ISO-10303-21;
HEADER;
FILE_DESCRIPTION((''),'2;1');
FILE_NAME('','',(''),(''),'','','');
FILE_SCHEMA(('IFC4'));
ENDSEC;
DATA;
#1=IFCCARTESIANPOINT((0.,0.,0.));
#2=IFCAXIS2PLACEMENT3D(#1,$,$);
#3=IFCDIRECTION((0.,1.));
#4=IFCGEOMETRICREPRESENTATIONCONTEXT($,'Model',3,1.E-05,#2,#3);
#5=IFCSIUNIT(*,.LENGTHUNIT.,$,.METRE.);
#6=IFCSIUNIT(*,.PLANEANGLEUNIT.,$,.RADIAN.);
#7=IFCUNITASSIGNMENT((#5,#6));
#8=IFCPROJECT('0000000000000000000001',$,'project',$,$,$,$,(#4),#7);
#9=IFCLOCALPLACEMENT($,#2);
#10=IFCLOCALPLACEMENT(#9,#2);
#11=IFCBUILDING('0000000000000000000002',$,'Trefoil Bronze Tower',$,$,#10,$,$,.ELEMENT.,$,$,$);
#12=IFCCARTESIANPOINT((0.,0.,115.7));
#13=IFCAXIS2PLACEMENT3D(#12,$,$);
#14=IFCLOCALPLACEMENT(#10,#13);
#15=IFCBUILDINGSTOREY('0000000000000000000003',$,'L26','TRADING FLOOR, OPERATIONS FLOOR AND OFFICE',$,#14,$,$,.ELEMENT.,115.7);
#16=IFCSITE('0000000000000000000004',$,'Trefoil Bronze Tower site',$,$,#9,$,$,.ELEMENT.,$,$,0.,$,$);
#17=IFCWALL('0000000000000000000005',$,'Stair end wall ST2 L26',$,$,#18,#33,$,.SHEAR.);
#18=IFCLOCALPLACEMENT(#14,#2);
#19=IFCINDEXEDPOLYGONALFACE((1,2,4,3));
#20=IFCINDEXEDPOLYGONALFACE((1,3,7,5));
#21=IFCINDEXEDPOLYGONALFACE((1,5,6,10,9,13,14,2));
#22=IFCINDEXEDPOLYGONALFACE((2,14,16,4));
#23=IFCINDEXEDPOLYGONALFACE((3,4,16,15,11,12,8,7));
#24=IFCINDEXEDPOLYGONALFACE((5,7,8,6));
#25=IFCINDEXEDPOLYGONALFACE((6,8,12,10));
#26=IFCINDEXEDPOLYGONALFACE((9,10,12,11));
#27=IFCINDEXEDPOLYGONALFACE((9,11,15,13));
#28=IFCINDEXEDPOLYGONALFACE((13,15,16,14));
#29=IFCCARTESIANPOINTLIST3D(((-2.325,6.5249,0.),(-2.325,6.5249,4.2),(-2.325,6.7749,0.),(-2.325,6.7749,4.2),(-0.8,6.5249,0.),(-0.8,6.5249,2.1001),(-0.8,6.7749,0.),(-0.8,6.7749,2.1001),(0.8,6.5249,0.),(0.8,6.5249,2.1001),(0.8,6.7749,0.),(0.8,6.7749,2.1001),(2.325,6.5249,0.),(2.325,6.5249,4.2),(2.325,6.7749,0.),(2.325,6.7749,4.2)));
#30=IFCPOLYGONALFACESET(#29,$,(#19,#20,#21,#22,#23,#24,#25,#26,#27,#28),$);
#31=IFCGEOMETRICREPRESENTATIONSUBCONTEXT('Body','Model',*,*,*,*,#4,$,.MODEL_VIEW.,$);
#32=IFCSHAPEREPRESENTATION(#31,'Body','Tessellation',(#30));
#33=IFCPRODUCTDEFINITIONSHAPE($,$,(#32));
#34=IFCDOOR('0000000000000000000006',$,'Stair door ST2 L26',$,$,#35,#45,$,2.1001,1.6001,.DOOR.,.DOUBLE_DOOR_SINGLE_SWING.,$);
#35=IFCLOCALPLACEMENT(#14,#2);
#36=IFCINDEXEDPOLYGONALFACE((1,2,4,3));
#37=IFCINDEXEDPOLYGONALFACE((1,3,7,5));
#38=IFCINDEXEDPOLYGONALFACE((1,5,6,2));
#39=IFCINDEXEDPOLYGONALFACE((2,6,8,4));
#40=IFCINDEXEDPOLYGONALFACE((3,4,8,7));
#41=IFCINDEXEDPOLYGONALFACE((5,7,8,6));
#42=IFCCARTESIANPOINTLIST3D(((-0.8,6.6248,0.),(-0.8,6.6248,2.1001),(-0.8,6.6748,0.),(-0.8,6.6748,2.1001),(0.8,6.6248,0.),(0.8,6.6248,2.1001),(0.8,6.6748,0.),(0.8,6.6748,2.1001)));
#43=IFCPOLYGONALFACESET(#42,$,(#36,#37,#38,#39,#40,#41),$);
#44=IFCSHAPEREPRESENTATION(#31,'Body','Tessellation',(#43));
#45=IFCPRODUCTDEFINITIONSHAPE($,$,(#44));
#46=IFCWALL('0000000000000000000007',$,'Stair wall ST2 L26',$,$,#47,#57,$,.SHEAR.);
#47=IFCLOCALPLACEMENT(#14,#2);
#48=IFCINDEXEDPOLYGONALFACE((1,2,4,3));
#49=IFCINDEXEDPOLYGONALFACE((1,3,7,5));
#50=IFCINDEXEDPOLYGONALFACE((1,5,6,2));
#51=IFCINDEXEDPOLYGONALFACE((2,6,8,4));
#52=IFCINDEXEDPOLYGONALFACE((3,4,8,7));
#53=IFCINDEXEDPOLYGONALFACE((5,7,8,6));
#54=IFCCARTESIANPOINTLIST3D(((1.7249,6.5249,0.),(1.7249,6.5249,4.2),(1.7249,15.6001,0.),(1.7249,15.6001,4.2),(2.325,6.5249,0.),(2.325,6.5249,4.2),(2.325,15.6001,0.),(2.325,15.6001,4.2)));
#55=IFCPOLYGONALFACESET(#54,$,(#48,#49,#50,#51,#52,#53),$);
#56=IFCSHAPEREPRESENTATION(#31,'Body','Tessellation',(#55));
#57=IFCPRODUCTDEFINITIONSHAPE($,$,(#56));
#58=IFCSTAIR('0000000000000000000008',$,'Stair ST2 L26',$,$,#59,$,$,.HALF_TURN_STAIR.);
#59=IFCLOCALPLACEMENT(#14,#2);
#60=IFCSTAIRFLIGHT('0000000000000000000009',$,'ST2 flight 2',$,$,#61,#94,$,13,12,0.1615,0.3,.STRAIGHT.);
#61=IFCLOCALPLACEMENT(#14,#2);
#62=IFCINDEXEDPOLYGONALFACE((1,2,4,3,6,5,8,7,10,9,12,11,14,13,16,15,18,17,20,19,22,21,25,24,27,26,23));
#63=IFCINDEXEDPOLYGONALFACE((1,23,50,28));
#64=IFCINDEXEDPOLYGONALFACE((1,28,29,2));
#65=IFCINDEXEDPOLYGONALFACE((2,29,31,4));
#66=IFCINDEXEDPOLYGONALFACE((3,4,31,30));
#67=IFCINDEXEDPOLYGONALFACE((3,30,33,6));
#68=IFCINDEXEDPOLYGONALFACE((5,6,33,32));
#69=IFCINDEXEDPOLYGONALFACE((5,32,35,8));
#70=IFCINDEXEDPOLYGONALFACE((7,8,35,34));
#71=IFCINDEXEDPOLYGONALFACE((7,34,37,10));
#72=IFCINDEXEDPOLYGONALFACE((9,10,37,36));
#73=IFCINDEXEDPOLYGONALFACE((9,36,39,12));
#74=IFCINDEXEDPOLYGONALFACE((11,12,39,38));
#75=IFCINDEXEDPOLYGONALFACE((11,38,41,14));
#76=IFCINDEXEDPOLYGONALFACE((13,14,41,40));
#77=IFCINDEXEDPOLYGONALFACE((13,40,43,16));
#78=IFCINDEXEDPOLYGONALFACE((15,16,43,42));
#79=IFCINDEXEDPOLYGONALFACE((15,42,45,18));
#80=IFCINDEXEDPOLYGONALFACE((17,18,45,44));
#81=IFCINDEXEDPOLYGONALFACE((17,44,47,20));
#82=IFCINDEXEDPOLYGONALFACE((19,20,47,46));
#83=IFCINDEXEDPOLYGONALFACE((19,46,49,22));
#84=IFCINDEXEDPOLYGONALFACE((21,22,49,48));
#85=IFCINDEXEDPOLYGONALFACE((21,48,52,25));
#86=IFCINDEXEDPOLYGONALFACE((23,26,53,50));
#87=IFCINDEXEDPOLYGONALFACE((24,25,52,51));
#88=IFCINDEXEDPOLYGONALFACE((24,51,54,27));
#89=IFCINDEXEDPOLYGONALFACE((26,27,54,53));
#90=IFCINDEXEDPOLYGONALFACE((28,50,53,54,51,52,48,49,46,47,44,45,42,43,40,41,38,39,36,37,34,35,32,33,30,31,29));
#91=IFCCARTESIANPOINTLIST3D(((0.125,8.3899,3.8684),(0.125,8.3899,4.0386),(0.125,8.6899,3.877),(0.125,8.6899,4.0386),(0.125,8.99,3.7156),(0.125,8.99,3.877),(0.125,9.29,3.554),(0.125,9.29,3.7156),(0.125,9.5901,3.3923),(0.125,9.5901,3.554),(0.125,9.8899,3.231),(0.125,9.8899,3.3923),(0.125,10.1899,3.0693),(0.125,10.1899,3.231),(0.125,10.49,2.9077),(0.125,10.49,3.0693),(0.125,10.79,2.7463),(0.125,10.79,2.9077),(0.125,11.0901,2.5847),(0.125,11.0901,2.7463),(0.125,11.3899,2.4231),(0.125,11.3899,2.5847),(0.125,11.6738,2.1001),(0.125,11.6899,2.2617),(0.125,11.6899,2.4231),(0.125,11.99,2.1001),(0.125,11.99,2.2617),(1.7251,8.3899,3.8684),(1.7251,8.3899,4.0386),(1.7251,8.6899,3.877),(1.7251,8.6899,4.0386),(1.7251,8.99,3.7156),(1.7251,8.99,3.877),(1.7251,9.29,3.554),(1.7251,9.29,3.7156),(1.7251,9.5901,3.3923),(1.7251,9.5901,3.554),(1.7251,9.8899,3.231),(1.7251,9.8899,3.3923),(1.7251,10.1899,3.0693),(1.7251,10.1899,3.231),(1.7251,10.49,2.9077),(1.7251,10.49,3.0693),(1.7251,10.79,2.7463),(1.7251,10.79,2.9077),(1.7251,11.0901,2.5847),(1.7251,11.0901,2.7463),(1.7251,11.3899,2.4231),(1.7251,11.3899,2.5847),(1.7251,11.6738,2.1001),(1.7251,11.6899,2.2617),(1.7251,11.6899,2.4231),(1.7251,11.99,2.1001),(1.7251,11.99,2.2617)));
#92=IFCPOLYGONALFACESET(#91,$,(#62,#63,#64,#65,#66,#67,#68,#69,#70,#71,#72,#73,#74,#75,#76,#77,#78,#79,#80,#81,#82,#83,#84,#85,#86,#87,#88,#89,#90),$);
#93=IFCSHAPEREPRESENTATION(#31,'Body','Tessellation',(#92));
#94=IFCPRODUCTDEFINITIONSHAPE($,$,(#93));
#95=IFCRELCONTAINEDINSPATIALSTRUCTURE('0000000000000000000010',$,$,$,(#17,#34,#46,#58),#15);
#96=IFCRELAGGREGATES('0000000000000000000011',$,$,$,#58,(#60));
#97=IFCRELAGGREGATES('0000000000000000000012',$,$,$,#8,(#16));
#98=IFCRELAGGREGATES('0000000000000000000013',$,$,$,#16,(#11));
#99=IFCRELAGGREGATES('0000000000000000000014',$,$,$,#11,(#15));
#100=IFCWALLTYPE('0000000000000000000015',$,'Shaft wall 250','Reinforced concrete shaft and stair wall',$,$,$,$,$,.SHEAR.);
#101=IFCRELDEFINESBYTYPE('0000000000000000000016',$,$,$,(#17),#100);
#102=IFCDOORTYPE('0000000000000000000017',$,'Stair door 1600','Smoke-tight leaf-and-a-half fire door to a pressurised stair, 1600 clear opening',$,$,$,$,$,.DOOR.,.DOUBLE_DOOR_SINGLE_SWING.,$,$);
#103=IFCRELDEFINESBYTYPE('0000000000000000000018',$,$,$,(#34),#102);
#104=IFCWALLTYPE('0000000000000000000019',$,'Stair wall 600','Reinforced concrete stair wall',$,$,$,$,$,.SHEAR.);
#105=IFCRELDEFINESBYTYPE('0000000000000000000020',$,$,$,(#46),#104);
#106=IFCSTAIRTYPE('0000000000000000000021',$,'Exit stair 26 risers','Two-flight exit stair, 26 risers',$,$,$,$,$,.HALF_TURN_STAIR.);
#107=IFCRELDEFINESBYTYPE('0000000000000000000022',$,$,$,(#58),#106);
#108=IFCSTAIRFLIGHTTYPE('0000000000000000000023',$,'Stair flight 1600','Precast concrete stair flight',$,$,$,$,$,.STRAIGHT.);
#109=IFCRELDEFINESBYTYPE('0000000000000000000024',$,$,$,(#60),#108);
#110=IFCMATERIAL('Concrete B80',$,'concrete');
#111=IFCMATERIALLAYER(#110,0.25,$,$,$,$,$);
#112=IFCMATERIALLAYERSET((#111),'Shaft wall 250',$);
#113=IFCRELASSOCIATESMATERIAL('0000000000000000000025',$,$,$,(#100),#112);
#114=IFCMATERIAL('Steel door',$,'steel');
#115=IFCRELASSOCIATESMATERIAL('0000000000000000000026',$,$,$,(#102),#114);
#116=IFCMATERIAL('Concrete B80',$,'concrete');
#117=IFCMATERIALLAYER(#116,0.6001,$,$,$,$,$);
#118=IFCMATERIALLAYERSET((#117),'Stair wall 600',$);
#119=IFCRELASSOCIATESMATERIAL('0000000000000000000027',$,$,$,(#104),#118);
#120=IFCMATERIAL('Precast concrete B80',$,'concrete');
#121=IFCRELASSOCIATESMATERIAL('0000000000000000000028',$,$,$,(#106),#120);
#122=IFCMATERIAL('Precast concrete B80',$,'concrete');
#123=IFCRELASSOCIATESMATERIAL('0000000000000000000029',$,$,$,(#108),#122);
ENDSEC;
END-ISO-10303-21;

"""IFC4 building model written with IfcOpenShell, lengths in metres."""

from ifc_helpers import new_model, si_unit, direction, frame, frame_2d, origin, place, context, subcontext, project, spatial, polyline, rectangle, outline, extrude, material, layer, layer_set, type_object, element, fill, aggregate, save


model = new_model("IFC4")

# Units and contexts
model_context = context("Model", 3, precision=1e-05, world=origin(), true_north=direction((0.0, 1.0)))
body_context = subcontext(model_context, "Body", "Model", "MODEL_VIEW")
ifc_project = project(units=[si_unit("LENGTHUNIT", "METRE"), si_unit("PLANEANGLEUNIT", "RADIAN")], contexts=[model_context])

# Site, building, storey
site_placement = place(None, origin())
site = spatial("IfcSite", under=ifc_project, at=site_placement, Name="Trefoil Bronze Tower site", CompositionType="ELEMENT", RefElevation=0.0)
building_placement = place(site_placement, origin())
building = spatial("IfcBuilding", under=site, at=building_placement, Name="Trefoil Bronze Tower", CompositionType="ELEMENT")
storey_placement = place(building_placement, frame((0.0, 0.0, 115.7)))
storey = spatial("IfcBuildingStorey", under=building, at=storey_placement, Name="L26", Description="TRADING FLOOR, OPERATIONS FLOOR AND OFFICE", CompositionType="ELEMENT", Elevation=115.7)

# Wall, opening, door
ifc_material_1 = material(Name="Concrete B80", Category="concrete")
ifc_layer_1 = layer(ifc_material_1, 0.25)
ifc_layer_set_1 = layer_set([ifc_layer_1], Name="Shaft wall 250")
wall_type_1 = type_object("IfcWallType", Name="Shaft wall 250", Description="Reinforced concrete shaft and stair wall", PredefinedType="SHEAR", material=ifc_layer_set_1)
wall_1_placement = place(storey_placement, frame((2.325, 6.6499, 0.0), z_axis=(0.0, 0.0, 1.0), x_axis=(-1.0, 0.0, 0.0)))
wall_1 = element("IfcWall", 1, at=wall_1_placement, inside=storey, type_object=wall_type_1, Name="Stair end wall ST2 L26", PredefinedType="SHEAR", context=body_context, shape_type="SweptSolid", body=[
    extrude(rectangle(XDim=4.6499, YDim=0.25, at=frame_2d((2.325, 0.0))), origin(), (0.0, 0.0, 1.0), 4.2),
])
opening_1_placement = place(wall_1_placement, frame((1.5249, 0.0, 0.0)))
opening_1 = element("IfcOpeningElement", 2, at=opening_1_placement, cuts=wall_1, PredefinedType="OPENING", context=body_context, shape_type="SweptSolid", body=[
    extrude(rectangle(XDim=1.6001, YDim=2.1001, at=frame_2d((0.8, 1.05))), frame((0.0, 0.135, 0.0), z_axis=(0.0, -1.0, 0.0), x_axis=(1.0, 0.0, 0.0)), (0.0, 0.0, 1.0), 0.27),
])
ifc_material_2 = material(Name="Steel door", Category="steel")
door_type_1 = type_object("IfcDoorType", Name="Stair door 1600", Description="Smoke-tight leaf-and-a-half fire door to a pressurised stair, 1600 clear opening", OperationType="DOUBLE_DOOR_SINGLE_SWING", PredefinedType="DOOR", material=ifc_material_2)
door_1_placement = place(opening_1_placement, frame((1.6001, 0.0, 0.0), z_axis=(0.0, 0.0, 1.0), x_axis=(-1.0, 0.0, 0.0)))
door_1 = element("IfcDoor", 3, at=door_1_placement, inside=storey, type_object=door_type_1, Name="Stair door ST2 L26", OperationType="DOUBLE_DOOR_SINGLE_SWING", OverallHeight=2.1001, OverallWidth=1.6001, PredefinedType="DOOR", context=body_context, shape_type="SweptSolid", body=[
    extrude(rectangle(XDim=1.6001, YDim=2.1001, at=frame_2d((0.8, 1.05))), frame((0.0, 0.0249, 0.0), z_axis=(0.0, -1.0, 0.0), x_axis=(1.0, 0.0, 0.0)), (0.0, 0.0, 1.0), 0.05),
])
fill(opening_1, door_1)

# Wall
ifc_material_3 = material(Name="Concrete B80", Category="concrete")
ifc_layer_2 = layer(ifc_material_3, 0.6001)
ifc_layer_set_2 = layer_set([ifc_layer_2], Name="Stair wall 600")
wall_type_2 = type_object("IfcWallType", Name="Stair wall 600", Description="Reinforced concrete stair wall", PredefinedType="SHEAR", material=ifc_layer_set_2)
wall_2_placement = place(storey_placement, frame((2.0249, 6.5249, 0.0), z_axis=(0.0, 0.0, 1.0), x_axis=(0.0, 1.0, 0.0)))
element("IfcWall", 4, at=wall_2_placement, inside=storey, type_object=wall_type_2, Name="Stair wall ST2 L26", PredefinedType="SHEAR", context=body_context, shape_type="SweptSolid", body=[
    extrude(rectangle(XDim=9.0752, YDim=0.6001, at=frame_2d((4.5376, 0.0))), origin(), (0.0, 0.0, 1.0), 4.2),
])

# Stair, stair flight
ifc_material_4 = material(Name="Precast concrete B80", Category="concrete")
stair_type = type_object("IfcStairType", Name="Exit stair 26 risers", Description="Two-flight exit stair, 26 risers", PredefinedType="HALF_TURN_STAIR", material=ifc_material_4)
stair_placement = place(storey_placement, origin())
stair = element("IfcStair", 5, at=stair_placement, inside=storey, type_object=stair_type, Name="Stair ST2 L26", PredefinedType="HALF_TURN_STAIR")
ifc_material_5 = material(Name="Precast concrete B80", Category="concrete")
stair_flight_type = type_object("IfcStairFlightType", Name="Stair flight 1600", Description="Precast concrete stair flight", PredefinedType="STRAIGHT", material=ifc_material_5)
stair_flight_placement = place(storey_placement, frame((0.925, 11.99, 2.1001), z_axis=(0.0, 0.0, 1.0), x_axis=(0.0, -1.0, 0.0)))
stair_flight = element("IfcStairFlight", 6, at=stair_flight_placement, type_object=stair_flight_type, Name="ST2 flight 2", NumberOfRisers=13, NumberOfTreads=12, PredefinedType="STRAIGHT", RiserHeight=0.1615, TreadLength=0.3, context=body_context, shape_type="SweptSolid", body=[
    extrude(outline(polyline([(0.0, 0.0), (0.0, 0.1616), (0.3, 0.1616), (0.3, 0.323), (0.6001, 0.323), (0.6001, 0.4846), (0.8999, 0.4846), (0.8999, 0.6462), (1.2, 0.6462), (1.2, 0.8076), (1.5, 0.8076), (1.5, 0.9692), (1.8, 0.9692), (1.8, 1.1309), (2.1001, 1.1309), (2.1001, 1.2922), (2.3999, 1.2922), (2.3999, 1.4539), (2.7, 1.4539), (2.7, 1.6155), (3.0, 1.6155), (3.0, 1.7769), (3.3, 1.7769), (3.3, 1.9385), (3.6001, 1.9385), (3.6001, 2.1001), (3.6001, 1.7683), (0.3162, 0.0), (0.0, 0.0)])), frame((0.0, 0.8, 0.0), z_axis=(0.0, -1.0, 0.0), x_axis=(1.0, 0.0, 0.0)), (0.0, 0.0, 1.0), 1.6001),
])
aggregate(stair, [stair_flight])

save(model, "model.ifc")
